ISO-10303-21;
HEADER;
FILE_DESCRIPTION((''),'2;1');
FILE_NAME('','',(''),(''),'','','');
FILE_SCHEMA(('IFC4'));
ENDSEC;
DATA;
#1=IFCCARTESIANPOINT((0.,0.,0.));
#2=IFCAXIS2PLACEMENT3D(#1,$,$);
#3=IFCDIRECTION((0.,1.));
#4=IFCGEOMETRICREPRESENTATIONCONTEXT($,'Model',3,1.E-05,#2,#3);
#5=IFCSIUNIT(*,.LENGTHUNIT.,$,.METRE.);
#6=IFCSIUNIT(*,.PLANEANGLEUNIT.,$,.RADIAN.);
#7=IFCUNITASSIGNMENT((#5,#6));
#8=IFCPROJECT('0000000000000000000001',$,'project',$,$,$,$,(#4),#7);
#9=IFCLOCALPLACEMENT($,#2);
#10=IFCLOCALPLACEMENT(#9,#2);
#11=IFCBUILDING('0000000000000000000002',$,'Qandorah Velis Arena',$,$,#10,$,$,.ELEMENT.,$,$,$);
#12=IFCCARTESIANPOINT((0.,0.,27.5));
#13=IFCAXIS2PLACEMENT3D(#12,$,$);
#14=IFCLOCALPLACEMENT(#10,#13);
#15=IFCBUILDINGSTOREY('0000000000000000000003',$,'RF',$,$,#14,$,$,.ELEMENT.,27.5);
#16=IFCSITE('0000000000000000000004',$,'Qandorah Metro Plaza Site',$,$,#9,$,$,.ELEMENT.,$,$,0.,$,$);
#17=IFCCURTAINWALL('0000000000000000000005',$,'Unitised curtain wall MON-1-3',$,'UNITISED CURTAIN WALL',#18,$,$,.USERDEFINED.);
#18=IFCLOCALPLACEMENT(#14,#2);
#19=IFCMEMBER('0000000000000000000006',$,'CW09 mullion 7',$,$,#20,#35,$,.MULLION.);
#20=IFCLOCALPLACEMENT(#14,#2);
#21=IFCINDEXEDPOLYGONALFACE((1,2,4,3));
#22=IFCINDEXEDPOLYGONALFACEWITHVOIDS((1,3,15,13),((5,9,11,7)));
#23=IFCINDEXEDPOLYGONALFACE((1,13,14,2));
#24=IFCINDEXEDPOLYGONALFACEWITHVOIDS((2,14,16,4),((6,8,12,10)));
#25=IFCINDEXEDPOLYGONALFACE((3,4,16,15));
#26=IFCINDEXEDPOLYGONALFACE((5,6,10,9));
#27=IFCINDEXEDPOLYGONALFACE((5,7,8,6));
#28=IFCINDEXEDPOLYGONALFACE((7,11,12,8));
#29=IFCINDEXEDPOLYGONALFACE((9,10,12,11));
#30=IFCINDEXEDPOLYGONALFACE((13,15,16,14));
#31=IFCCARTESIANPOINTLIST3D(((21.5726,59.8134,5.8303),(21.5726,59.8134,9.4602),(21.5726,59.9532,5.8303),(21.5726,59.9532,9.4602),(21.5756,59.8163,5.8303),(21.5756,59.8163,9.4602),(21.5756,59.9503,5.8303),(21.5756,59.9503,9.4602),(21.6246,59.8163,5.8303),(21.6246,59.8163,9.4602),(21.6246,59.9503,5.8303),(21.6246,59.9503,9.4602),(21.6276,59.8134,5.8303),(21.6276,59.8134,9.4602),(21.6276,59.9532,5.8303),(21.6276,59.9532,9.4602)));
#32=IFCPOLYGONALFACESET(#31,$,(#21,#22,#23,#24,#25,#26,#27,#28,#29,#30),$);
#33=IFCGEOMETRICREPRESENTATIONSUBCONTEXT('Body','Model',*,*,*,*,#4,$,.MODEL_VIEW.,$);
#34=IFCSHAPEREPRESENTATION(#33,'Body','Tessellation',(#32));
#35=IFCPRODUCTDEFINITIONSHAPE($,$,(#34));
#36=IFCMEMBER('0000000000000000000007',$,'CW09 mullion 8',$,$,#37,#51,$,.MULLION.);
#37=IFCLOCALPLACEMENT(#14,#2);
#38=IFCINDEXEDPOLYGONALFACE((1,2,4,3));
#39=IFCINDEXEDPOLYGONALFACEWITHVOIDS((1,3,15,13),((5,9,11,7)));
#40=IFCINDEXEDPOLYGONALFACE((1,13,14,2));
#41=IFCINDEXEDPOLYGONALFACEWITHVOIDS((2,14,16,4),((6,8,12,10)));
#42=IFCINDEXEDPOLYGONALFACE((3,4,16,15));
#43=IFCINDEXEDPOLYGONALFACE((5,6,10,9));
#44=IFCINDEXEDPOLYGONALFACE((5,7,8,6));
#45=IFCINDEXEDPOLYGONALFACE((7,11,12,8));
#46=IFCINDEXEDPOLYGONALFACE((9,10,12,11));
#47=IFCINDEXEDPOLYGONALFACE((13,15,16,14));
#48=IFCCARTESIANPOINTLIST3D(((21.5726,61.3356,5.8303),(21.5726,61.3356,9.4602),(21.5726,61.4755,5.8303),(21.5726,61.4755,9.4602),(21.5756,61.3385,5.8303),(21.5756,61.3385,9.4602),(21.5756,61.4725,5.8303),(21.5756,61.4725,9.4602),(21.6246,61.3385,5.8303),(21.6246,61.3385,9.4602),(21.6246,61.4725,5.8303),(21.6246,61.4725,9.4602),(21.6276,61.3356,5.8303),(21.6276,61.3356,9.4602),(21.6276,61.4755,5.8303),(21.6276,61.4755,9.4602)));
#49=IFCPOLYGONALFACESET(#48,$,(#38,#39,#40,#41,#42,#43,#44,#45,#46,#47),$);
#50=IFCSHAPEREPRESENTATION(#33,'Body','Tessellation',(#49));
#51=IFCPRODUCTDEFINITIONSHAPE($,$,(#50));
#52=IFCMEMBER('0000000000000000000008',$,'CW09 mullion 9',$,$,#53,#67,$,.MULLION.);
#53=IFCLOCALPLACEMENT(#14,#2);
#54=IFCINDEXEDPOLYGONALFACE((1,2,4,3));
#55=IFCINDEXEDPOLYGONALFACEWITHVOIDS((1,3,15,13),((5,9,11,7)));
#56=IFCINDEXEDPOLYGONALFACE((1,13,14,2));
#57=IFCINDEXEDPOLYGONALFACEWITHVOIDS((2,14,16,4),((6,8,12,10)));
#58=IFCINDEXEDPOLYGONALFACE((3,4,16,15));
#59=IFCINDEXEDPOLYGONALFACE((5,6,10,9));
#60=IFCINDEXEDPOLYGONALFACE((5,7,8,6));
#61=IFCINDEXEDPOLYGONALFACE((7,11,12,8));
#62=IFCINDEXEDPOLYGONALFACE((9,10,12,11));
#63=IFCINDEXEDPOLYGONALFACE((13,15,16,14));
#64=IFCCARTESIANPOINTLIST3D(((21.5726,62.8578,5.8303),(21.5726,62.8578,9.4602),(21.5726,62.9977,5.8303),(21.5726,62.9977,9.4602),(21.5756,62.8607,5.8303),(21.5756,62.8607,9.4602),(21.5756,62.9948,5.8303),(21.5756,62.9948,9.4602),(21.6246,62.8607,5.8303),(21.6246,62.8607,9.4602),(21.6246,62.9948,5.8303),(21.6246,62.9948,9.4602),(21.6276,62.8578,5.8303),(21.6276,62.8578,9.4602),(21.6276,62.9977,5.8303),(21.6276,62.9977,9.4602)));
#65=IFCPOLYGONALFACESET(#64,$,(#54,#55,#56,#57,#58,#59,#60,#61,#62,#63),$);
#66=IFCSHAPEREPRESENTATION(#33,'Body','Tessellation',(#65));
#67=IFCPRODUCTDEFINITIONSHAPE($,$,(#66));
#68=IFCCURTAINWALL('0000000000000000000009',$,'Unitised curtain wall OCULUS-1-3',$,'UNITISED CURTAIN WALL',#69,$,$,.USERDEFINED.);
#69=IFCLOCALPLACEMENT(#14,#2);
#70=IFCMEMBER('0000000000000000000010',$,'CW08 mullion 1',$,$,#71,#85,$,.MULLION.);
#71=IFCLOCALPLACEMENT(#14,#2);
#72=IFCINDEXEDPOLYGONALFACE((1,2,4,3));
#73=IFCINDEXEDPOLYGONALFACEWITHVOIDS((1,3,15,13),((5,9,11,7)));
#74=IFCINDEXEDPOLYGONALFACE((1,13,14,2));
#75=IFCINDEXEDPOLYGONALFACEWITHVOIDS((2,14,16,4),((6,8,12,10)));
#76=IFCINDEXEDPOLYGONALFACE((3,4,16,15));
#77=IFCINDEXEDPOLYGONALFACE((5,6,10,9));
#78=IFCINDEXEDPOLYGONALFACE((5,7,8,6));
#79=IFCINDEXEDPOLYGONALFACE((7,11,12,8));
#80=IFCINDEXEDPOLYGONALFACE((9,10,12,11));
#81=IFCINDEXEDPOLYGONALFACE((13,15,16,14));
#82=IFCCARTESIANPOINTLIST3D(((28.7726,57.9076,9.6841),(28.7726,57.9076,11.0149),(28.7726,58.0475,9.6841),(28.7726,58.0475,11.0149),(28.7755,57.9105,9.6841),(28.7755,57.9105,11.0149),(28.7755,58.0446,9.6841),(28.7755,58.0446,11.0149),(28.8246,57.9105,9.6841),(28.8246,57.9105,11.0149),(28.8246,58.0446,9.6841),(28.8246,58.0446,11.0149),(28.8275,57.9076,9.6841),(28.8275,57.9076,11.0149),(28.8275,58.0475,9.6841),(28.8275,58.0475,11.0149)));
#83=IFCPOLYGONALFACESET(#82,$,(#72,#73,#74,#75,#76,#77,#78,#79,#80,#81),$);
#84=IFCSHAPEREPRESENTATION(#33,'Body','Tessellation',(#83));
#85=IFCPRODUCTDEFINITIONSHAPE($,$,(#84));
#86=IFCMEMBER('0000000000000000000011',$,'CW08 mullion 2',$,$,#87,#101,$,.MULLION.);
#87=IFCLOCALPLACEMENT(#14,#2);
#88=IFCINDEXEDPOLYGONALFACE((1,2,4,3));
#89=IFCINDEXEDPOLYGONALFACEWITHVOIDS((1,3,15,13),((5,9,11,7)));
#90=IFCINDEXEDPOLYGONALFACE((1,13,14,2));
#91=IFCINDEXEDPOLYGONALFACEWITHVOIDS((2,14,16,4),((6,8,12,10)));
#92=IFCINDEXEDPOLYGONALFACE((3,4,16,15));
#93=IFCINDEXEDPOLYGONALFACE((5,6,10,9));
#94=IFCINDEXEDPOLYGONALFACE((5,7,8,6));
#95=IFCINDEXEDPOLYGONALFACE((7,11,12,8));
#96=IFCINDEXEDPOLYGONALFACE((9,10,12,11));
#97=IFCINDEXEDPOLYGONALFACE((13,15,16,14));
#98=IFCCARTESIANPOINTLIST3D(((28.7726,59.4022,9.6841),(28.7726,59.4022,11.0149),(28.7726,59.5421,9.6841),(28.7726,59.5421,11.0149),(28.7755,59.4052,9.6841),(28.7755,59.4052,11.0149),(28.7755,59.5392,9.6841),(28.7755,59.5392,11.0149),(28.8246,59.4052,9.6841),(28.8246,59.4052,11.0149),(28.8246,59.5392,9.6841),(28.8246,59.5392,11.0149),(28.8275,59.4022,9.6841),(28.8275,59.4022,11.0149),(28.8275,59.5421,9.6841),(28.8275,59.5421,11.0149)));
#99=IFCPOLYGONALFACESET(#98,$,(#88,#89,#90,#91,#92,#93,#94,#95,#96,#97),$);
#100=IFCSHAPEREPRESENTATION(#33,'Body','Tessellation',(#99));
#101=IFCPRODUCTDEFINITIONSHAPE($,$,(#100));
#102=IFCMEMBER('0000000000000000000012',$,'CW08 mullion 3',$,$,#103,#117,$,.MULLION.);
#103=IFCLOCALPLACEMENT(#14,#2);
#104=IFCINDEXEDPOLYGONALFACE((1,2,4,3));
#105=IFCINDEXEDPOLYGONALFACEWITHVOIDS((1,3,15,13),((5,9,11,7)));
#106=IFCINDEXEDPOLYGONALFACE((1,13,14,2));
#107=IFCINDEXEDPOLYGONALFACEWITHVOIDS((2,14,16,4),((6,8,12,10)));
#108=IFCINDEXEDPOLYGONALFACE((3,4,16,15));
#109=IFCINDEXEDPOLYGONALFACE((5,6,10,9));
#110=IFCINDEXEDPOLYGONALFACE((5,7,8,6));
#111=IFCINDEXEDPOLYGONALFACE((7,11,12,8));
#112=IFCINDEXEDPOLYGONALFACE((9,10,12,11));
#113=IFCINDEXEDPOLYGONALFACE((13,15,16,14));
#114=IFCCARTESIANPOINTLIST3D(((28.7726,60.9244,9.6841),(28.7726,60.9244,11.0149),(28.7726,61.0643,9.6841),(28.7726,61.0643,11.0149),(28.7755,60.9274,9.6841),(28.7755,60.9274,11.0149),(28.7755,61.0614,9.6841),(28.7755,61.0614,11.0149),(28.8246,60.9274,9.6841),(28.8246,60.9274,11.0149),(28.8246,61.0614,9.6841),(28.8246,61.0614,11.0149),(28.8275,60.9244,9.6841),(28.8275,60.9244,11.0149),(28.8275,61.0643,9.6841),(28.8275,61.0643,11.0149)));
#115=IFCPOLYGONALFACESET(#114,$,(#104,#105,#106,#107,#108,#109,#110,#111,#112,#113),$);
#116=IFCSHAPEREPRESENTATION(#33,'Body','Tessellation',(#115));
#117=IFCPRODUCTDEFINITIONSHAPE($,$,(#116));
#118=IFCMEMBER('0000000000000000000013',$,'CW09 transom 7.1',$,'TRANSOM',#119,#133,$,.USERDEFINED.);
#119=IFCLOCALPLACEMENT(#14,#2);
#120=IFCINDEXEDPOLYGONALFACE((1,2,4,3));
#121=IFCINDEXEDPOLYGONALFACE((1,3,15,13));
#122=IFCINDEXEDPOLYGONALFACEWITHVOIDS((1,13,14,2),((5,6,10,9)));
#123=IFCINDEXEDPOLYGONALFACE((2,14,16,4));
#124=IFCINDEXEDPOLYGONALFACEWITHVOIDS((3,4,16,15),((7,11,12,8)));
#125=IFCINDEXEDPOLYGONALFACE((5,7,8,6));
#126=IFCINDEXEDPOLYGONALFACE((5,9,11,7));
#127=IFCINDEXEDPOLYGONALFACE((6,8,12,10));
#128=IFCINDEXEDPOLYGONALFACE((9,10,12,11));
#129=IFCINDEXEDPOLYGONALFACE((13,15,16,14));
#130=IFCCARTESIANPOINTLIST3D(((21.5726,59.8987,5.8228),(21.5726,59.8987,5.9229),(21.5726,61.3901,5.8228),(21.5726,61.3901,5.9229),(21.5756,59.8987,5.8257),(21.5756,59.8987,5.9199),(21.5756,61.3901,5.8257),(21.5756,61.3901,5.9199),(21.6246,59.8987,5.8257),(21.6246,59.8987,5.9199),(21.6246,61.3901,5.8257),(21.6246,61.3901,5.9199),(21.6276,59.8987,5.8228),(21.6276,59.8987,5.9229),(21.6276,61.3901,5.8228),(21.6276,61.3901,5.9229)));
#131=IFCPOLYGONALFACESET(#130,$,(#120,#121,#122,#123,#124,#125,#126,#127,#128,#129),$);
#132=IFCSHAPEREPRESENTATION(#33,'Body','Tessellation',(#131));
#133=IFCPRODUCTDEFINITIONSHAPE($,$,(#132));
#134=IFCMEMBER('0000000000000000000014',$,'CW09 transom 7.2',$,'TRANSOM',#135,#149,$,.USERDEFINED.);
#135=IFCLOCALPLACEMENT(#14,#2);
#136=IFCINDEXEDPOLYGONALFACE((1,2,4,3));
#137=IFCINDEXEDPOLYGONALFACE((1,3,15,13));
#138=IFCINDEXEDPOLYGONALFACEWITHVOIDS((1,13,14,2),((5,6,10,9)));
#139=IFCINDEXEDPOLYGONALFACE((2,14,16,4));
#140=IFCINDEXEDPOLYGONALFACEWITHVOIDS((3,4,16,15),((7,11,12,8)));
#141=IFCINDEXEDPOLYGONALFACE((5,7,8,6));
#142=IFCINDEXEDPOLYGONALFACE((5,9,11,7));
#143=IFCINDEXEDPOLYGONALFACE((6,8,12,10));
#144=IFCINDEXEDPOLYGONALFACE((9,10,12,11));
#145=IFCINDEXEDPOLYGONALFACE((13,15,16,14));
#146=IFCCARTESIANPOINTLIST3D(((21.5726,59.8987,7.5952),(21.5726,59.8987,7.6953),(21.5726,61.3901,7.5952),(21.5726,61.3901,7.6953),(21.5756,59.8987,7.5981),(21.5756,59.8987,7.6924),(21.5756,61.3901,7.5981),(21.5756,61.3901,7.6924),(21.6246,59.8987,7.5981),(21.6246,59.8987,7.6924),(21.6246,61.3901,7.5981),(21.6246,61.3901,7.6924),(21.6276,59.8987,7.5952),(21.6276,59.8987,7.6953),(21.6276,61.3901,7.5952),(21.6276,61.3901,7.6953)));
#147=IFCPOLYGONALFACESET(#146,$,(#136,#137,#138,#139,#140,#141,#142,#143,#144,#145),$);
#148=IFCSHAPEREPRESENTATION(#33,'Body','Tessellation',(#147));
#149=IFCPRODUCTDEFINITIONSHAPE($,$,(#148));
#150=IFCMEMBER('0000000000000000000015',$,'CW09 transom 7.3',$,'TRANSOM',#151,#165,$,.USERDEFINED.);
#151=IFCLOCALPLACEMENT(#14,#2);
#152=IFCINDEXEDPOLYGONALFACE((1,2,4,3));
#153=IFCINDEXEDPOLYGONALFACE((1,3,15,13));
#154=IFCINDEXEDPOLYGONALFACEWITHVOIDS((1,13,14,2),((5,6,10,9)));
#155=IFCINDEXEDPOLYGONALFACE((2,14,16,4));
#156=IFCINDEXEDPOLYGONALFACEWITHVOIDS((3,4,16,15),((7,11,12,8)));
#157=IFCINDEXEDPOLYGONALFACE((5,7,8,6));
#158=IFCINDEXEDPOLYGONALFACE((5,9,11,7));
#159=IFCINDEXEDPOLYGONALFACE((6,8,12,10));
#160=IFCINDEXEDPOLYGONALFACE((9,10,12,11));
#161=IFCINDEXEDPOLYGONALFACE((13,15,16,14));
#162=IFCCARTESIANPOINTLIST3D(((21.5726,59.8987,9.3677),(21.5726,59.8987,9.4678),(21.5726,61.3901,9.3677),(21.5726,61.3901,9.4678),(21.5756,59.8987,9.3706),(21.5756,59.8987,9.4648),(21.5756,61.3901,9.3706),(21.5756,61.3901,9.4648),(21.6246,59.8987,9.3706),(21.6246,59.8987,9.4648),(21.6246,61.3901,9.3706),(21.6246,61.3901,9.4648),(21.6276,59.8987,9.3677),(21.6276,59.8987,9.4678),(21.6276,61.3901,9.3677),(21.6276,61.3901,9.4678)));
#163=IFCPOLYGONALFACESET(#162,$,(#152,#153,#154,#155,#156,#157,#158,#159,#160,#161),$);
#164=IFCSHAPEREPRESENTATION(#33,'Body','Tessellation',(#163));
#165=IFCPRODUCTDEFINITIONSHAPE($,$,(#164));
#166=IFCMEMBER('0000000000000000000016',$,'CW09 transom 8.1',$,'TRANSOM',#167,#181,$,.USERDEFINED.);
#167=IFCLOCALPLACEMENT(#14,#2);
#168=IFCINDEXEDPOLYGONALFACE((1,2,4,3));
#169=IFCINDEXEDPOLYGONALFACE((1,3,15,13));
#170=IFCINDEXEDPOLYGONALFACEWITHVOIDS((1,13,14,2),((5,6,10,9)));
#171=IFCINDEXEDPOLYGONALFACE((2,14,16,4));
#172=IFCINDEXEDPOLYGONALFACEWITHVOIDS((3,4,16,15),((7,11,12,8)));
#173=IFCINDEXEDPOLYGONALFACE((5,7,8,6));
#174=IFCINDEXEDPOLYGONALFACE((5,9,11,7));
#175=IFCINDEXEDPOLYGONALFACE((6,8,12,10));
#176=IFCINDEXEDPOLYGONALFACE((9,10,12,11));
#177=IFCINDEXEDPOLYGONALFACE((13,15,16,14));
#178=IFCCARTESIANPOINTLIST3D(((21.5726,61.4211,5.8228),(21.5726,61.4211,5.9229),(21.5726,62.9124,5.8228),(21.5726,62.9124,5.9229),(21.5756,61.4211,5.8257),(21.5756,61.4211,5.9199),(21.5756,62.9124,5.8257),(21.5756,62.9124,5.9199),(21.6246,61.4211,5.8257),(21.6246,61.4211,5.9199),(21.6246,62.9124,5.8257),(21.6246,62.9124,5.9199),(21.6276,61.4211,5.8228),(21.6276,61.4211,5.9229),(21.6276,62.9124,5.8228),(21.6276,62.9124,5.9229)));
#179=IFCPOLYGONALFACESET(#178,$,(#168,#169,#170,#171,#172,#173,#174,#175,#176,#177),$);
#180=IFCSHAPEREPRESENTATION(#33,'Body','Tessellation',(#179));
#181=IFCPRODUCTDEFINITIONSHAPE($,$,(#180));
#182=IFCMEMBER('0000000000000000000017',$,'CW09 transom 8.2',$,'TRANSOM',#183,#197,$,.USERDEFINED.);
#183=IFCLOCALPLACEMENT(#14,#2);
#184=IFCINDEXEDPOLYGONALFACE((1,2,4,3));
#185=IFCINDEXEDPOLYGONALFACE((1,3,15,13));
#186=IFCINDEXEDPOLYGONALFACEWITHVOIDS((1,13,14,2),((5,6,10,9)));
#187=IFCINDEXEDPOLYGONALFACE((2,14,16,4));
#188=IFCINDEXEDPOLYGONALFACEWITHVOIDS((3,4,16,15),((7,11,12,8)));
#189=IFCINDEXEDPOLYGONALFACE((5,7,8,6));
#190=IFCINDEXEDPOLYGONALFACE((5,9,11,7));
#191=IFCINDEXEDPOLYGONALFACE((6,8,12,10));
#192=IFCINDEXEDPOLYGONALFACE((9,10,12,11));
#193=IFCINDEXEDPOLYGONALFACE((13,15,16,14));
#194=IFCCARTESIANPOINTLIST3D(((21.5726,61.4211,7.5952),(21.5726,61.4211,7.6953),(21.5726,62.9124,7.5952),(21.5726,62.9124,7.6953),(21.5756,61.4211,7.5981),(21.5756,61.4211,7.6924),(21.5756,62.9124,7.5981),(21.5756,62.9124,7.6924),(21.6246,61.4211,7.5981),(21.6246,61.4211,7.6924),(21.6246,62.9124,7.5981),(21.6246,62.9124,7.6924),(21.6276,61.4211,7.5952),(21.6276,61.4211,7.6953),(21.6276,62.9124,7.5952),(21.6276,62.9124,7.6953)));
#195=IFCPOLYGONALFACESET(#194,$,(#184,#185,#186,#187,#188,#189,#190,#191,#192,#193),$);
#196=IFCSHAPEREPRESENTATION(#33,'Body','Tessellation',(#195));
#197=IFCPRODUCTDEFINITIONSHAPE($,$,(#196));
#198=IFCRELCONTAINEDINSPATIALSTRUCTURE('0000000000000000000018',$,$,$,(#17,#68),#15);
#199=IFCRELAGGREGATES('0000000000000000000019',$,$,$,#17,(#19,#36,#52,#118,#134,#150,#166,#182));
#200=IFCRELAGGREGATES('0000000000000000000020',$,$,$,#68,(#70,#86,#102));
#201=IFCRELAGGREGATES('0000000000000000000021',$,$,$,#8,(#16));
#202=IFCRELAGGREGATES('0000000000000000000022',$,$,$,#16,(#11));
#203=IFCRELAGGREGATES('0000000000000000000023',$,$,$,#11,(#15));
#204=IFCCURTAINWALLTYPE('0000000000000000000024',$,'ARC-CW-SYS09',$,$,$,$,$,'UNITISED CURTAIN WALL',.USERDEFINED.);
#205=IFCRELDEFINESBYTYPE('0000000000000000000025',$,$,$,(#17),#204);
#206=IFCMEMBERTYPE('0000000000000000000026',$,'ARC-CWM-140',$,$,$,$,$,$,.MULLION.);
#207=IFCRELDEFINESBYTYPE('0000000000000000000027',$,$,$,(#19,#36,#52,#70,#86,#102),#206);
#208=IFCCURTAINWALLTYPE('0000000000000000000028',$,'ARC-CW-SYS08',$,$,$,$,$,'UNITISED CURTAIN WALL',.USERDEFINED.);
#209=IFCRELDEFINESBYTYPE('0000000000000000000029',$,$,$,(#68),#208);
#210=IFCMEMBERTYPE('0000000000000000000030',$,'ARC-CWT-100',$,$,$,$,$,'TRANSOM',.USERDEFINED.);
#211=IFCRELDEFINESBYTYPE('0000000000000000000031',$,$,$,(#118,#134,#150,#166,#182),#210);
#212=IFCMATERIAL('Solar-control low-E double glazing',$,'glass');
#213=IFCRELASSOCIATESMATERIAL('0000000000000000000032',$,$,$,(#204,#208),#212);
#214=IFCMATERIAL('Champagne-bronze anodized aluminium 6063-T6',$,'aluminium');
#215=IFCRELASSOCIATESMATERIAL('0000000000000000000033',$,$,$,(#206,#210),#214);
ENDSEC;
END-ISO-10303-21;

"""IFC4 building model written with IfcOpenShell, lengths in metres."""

from ifc_helpers import new_model, si_unit, direction, frame, origin, origin_2d, place, context, subcontext, project, spatial, hollow_rectangle, extrude, material, material_profile, profile_set, type_object, element, aggregate, save


model = new_model("IFC4")

# Units and contexts
model_context = context("Model", 3, precision=1e-05, world=origin(), true_north=direction((0.0, 1.0)))
body_context = subcontext(model_context, "Body", "Model", "MODEL_VIEW")
ifc_project = project(units=[si_unit("LENGTHUNIT", "METRE"), si_unit("PLANEANGLEUNIT", "RADIAN")], contexts=[model_context])

# Site, building, storey
site_placement = place(None, origin())
site = spatial("IfcSite", under=ifc_project, at=site_placement, Name="Qandorah Metro Plaza Site", CompositionType="ELEMENT", RefElevation=0.0)
building_placement = place(site_placement, origin())
building = spatial("IfcBuilding", under=site, at=building_placement, Name="Qandorah Velis Arena", CompositionType="ELEMENT")
storey_placement = place(building_placement, frame((0.0, 0.0, 27.5)))
storey = spatial("IfcBuildingStorey", under=building, at=storey_placement, Name="RF", CompositionType="ELEMENT", Elevation=27.5)

# Curtain walls, members
ifc_material_1 = material(Name="Solar-control low-E double glazing", Category="glass")
curtain_wall_type_1 = type_object("IfcCurtainWallType", Name="ARC-CW-SYS09", ElementType="UNITISED CURTAIN WALL", PredefinedType="USERDEFINED", material=ifc_material_1)
curtain_wall_1_placement = place(storey_placement, origin())
curtain_wall_1 = element("IfcCurtainWall", 1, at=curtain_wall_1_placement, inside=storey, type_object=curtain_wall_type_1, Name="Unitised curtain wall MON-1-3", ObjectType="UNITISED CURTAIN WALL", PredefinedType="USERDEFINED")
ifc_material_2 = material(Name="Champagne-bronze anodized aluminium 6063-T6", Category="aluminium")
ifc_material_profile_1 = material_profile(ifc_material_2, hollow_rectangle(XDim=0.0549, YDim=0.1399, WallThickness=0.0029, at=origin_2d()), Name="ALU MULLION 55x140")
ifc_profile_set_1 = profile_set([ifc_material_profile_1], Name="Champagne-bronze anodized aluminium 6063-T6")
member_type_1 = type_object("IfcMemberType", Name="ARC-CWM-140", PredefinedType="MULLION", material=ifc_profile_set_1)
member_1_placement = place(storey_placement, frame((21.6001, 59.8833, 5.8303), z_axis=(0.0, 0.0, 1.0), x_axis=(-1.0, 0.0, 0.0)))
member_1 = element("IfcMember", 2, at=member_1_placement, type_object=member_type_1, Name="CW09 mullion 7", PredefinedType="MULLION", context=body_context, shape_type="SweptSolid", body=[
    extrude(hollow_rectangle(XDim=0.0549, YDim=0.1399, WallThickness=0.0029, at=origin_2d()), origin(), (0.0, 0.0, 1.0), 3.6299),
])
member_2_placement = place(storey_placement, frame((21.6001, 61.4055, 5.8303), z_axis=(0.0, 0.0, 1.0), x_axis=(-1.0, 0.0, 0.0)))
member_2 = element("IfcMember", 3, at=member_2_placement, type_object=member_type_1, Name="CW09 mullion 8", PredefinedType="MULLION", context=body_context, shape_type="SweptSolid", body=[
    extrude(hollow_rectangle(XDim=0.0549, YDim=0.1399, WallThickness=0.0029, at=origin_2d()), origin(), (0.0, 0.0, 1.0), 3.6299),
])
member_3_placement = place(storey_placement, frame((21.6001, 62.9277, 5.8303), z_axis=(0.0, 0.0, 1.0), x_axis=(-1.0, 0.0, 0.0)))
member_3 = element("IfcMember", 4, at=member_3_placement, type_object=member_type_1, Name="CW09 mullion 9", PredefinedType="MULLION", context=body_context, shape_type="SweptSolid", body=[
    extrude(hollow_rectangle(XDim=0.0549, YDim=0.1399, WallThickness=0.0029, at=origin_2d()), origin(), (0.0, 0.0, 1.0), 3.6299),
])
curtain_wall_type_2 = type_object("IfcCurtainWallType", Name="ARC-CW-SYS08", ElementType="UNITISED CURTAIN WALL", PredefinedType="USERDEFINED", material=ifc_material_1)
curtain_wall_2_placement = place(storey_placement, origin())
curtain_wall_2 = element("IfcCurtainWall", 5, at=curtain_wall_2_placement, inside=storey, type_object=curtain_wall_type_2, Name="Unitised curtain wall OCULUS-1-3", ObjectType="UNITISED CURTAIN WALL", PredefinedType="USERDEFINED")
member_4_placement = place(storey_placement, frame((28.8, 57.9775, 9.6841), z_axis=(0.0, 0.0, 1.0), x_axis=(-1.0, 0.0, 0.0)))
member_4 = element("IfcMember", 6, at=member_4_placement, type_object=member_type_1, Name="CW08 mullion 1", PredefinedType="MULLION", context=body_context, shape_type="SweptSolid", body=[
    extrude(hollow_rectangle(XDim=0.0549, YDim=0.1399, WallThickness=0.0029, at=origin_2d()), origin(), (0.0, 0.0, 1.0), 1.3308),
])
member_5_placement = place(storey_placement, frame((28.8, 59.4722, 9.6841), z_axis=(0.0, 0.0, 1.0), x_axis=(-1.0, 0.0, 0.0)))
member_5 = element("IfcMember", 7, at=member_5_placement, type_object=member_type_1, Name="CW08 mullion 2", PredefinedType="MULLION", context=body_context, shape_type="SweptSolid", body=[
    extrude(hollow_rectangle(XDim=0.0549, YDim=0.1399, WallThickness=0.0029, at=origin_2d()), origin(), (0.0, 0.0, 1.0), 1.3308),
])
member_6_placement = place(storey_placement, frame((28.8, 60.9944, 9.6841), z_axis=(0.0, 0.0, 1.0), x_axis=(-1.0, 0.0, 0.0)))
member_6 = element("IfcMember", 8, at=member_6_placement, type_object=member_type_1, Name="CW08 mullion 3", PredefinedType="MULLION", context=body_context, shape_type="SweptSolid", body=[
    extrude(hollow_rectangle(XDim=0.0549, YDim=0.1399, WallThickness=0.0029, at=origin_2d()), origin(), (0.0, 0.0, 1.0), 1.3308),
])

# Members
ifc_material_profile_2 = material_profile(ifc_material_2, hollow_rectangle(XDim=0.0549, YDim=0.1001, WallThickness=0.0029, at=origin_2d()), Name="ALU TRANSOM 55x100")
ifc_profile_set_2 = profile_set([ifc_material_profile_2], Name="Champagne-bronze anodized aluminium 6063-T6")
member_type_2 = type_object("IfcMemberType", Name="ARC-CWT-100", ElementType="TRANSOM", PredefinedType="USERDEFINED", material=ifc_profile_set_2)
member_7_placement = place(storey_placement, frame((21.6001, 59.8987, 5.8728), z_axis=(0.0, 1.0, 0.0), x_axis=(-1.0, 0.0, 0.0)))
member_7 = element("IfcMember", 9, at=member_7_placement, type_object=member_type_2, Name="CW09 transom 7.1", ObjectType="TRANSOM", PredefinedType="USERDEFINED", context=body_context, shape_type="SweptSolid", body=[
    extrude(hollow_rectangle(XDim=0.0549, YDim=0.1001, WallThickness=0.0029, at=origin_2d()), origin(), (0.0, 0.0, 1.0), 1.4915),
])
member_8_placement = place(storey_placement, frame((21.6001, 59.8987, 7.6453), z_axis=(0.0, 1.0, 0.0), x_axis=(-1.0, 0.0, 0.0)))
member_8 = element("IfcMember", 10, at=member_8_placement, type_object=member_type_2, Name="CW09 transom 7.2", ObjectType="TRANSOM", PredefinedType="USERDEFINED", context=body_context, shape_type="SweptSolid", body=[
    extrude(hollow_rectangle(XDim=0.0549, YDim=0.1001, WallThickness=0.0029, at=origin_2d()), origin(), (0.0, 0.0, 1.0), 1.4915),
])
member_9_placement = place(storey_placement, frame((21.6001, 59.8987, 9.4177), z_axis=(0.0, 1.0, 0.0), x_axis=(-1.0, 0.0, 0.0)))
member_9 = element("IfcMember", 11, at=member_9_placement, type_object=member_type_2, Name="CW09 transom 7.3", ObjectType="TRANSOM", PredefinedType="USERDEFINED", context=body_context, shape_type="SweptSolid", body=[
    extrude(hollow_rectangle(XDim=0.0549, YDim=0.1001, WallThickness=0.0029, at=origin_2d()), origin(), (0.0, 0.0, 1.0), 1.4915),
])
member_10_placement = place(storey_placement, frame((21.6001, 61.4211, 5.8728), z_axis=(0.0, 1.0, 0.0), x_axis=(-1.0, 0.0, 0.0)))
member_10 = element("IfcMember", 12, at=member_10_placement, type_object=member_type_2, Name="CW09 transom 8.1", ObjectType="TRANSOM", PredefinedType="USERDEFINED", context=body_context, shape_type="SweptSolid", body=[
    extrude(hollow_rectangle(XDim=0.0549, YDim=0.1001, WallThickness=0.0029, at=origin_2d()), origin(), (0.0, 0.0, 1.0), 1.4912),
])
member_11_placement = place(storey_placement, frame((21.6001, 61.4211, 7.6453), z_axis=(0.0, 1.0, 0.0), x_axis=(-1.0, 0.0, 0.0)))
member_11 = element("IfcMember", 13, at=member_11_placement, type_object=member_type_2, Name="CW09 transom 8.2", ObjectType="TRANSOM", PredefinedType="USERDEFINED", context=body_context, shape_type="SweptSolid", body=[
    extrude(hollow_rectangle(XDim=0.0549, YDim=0.1001, WallThickness=0.0029, at=origin_2d()), origin(), (0.0, 0.0, 1.0), 1.4912),
])

aggregate(curtain_wall_1, [member_1, member_2, member_3, member_7, member_8, member_9, member_10, member_11])
aggregate(curtain_wall_2, [member_4, member_5, member_6])

save(model, "model.ifc")
